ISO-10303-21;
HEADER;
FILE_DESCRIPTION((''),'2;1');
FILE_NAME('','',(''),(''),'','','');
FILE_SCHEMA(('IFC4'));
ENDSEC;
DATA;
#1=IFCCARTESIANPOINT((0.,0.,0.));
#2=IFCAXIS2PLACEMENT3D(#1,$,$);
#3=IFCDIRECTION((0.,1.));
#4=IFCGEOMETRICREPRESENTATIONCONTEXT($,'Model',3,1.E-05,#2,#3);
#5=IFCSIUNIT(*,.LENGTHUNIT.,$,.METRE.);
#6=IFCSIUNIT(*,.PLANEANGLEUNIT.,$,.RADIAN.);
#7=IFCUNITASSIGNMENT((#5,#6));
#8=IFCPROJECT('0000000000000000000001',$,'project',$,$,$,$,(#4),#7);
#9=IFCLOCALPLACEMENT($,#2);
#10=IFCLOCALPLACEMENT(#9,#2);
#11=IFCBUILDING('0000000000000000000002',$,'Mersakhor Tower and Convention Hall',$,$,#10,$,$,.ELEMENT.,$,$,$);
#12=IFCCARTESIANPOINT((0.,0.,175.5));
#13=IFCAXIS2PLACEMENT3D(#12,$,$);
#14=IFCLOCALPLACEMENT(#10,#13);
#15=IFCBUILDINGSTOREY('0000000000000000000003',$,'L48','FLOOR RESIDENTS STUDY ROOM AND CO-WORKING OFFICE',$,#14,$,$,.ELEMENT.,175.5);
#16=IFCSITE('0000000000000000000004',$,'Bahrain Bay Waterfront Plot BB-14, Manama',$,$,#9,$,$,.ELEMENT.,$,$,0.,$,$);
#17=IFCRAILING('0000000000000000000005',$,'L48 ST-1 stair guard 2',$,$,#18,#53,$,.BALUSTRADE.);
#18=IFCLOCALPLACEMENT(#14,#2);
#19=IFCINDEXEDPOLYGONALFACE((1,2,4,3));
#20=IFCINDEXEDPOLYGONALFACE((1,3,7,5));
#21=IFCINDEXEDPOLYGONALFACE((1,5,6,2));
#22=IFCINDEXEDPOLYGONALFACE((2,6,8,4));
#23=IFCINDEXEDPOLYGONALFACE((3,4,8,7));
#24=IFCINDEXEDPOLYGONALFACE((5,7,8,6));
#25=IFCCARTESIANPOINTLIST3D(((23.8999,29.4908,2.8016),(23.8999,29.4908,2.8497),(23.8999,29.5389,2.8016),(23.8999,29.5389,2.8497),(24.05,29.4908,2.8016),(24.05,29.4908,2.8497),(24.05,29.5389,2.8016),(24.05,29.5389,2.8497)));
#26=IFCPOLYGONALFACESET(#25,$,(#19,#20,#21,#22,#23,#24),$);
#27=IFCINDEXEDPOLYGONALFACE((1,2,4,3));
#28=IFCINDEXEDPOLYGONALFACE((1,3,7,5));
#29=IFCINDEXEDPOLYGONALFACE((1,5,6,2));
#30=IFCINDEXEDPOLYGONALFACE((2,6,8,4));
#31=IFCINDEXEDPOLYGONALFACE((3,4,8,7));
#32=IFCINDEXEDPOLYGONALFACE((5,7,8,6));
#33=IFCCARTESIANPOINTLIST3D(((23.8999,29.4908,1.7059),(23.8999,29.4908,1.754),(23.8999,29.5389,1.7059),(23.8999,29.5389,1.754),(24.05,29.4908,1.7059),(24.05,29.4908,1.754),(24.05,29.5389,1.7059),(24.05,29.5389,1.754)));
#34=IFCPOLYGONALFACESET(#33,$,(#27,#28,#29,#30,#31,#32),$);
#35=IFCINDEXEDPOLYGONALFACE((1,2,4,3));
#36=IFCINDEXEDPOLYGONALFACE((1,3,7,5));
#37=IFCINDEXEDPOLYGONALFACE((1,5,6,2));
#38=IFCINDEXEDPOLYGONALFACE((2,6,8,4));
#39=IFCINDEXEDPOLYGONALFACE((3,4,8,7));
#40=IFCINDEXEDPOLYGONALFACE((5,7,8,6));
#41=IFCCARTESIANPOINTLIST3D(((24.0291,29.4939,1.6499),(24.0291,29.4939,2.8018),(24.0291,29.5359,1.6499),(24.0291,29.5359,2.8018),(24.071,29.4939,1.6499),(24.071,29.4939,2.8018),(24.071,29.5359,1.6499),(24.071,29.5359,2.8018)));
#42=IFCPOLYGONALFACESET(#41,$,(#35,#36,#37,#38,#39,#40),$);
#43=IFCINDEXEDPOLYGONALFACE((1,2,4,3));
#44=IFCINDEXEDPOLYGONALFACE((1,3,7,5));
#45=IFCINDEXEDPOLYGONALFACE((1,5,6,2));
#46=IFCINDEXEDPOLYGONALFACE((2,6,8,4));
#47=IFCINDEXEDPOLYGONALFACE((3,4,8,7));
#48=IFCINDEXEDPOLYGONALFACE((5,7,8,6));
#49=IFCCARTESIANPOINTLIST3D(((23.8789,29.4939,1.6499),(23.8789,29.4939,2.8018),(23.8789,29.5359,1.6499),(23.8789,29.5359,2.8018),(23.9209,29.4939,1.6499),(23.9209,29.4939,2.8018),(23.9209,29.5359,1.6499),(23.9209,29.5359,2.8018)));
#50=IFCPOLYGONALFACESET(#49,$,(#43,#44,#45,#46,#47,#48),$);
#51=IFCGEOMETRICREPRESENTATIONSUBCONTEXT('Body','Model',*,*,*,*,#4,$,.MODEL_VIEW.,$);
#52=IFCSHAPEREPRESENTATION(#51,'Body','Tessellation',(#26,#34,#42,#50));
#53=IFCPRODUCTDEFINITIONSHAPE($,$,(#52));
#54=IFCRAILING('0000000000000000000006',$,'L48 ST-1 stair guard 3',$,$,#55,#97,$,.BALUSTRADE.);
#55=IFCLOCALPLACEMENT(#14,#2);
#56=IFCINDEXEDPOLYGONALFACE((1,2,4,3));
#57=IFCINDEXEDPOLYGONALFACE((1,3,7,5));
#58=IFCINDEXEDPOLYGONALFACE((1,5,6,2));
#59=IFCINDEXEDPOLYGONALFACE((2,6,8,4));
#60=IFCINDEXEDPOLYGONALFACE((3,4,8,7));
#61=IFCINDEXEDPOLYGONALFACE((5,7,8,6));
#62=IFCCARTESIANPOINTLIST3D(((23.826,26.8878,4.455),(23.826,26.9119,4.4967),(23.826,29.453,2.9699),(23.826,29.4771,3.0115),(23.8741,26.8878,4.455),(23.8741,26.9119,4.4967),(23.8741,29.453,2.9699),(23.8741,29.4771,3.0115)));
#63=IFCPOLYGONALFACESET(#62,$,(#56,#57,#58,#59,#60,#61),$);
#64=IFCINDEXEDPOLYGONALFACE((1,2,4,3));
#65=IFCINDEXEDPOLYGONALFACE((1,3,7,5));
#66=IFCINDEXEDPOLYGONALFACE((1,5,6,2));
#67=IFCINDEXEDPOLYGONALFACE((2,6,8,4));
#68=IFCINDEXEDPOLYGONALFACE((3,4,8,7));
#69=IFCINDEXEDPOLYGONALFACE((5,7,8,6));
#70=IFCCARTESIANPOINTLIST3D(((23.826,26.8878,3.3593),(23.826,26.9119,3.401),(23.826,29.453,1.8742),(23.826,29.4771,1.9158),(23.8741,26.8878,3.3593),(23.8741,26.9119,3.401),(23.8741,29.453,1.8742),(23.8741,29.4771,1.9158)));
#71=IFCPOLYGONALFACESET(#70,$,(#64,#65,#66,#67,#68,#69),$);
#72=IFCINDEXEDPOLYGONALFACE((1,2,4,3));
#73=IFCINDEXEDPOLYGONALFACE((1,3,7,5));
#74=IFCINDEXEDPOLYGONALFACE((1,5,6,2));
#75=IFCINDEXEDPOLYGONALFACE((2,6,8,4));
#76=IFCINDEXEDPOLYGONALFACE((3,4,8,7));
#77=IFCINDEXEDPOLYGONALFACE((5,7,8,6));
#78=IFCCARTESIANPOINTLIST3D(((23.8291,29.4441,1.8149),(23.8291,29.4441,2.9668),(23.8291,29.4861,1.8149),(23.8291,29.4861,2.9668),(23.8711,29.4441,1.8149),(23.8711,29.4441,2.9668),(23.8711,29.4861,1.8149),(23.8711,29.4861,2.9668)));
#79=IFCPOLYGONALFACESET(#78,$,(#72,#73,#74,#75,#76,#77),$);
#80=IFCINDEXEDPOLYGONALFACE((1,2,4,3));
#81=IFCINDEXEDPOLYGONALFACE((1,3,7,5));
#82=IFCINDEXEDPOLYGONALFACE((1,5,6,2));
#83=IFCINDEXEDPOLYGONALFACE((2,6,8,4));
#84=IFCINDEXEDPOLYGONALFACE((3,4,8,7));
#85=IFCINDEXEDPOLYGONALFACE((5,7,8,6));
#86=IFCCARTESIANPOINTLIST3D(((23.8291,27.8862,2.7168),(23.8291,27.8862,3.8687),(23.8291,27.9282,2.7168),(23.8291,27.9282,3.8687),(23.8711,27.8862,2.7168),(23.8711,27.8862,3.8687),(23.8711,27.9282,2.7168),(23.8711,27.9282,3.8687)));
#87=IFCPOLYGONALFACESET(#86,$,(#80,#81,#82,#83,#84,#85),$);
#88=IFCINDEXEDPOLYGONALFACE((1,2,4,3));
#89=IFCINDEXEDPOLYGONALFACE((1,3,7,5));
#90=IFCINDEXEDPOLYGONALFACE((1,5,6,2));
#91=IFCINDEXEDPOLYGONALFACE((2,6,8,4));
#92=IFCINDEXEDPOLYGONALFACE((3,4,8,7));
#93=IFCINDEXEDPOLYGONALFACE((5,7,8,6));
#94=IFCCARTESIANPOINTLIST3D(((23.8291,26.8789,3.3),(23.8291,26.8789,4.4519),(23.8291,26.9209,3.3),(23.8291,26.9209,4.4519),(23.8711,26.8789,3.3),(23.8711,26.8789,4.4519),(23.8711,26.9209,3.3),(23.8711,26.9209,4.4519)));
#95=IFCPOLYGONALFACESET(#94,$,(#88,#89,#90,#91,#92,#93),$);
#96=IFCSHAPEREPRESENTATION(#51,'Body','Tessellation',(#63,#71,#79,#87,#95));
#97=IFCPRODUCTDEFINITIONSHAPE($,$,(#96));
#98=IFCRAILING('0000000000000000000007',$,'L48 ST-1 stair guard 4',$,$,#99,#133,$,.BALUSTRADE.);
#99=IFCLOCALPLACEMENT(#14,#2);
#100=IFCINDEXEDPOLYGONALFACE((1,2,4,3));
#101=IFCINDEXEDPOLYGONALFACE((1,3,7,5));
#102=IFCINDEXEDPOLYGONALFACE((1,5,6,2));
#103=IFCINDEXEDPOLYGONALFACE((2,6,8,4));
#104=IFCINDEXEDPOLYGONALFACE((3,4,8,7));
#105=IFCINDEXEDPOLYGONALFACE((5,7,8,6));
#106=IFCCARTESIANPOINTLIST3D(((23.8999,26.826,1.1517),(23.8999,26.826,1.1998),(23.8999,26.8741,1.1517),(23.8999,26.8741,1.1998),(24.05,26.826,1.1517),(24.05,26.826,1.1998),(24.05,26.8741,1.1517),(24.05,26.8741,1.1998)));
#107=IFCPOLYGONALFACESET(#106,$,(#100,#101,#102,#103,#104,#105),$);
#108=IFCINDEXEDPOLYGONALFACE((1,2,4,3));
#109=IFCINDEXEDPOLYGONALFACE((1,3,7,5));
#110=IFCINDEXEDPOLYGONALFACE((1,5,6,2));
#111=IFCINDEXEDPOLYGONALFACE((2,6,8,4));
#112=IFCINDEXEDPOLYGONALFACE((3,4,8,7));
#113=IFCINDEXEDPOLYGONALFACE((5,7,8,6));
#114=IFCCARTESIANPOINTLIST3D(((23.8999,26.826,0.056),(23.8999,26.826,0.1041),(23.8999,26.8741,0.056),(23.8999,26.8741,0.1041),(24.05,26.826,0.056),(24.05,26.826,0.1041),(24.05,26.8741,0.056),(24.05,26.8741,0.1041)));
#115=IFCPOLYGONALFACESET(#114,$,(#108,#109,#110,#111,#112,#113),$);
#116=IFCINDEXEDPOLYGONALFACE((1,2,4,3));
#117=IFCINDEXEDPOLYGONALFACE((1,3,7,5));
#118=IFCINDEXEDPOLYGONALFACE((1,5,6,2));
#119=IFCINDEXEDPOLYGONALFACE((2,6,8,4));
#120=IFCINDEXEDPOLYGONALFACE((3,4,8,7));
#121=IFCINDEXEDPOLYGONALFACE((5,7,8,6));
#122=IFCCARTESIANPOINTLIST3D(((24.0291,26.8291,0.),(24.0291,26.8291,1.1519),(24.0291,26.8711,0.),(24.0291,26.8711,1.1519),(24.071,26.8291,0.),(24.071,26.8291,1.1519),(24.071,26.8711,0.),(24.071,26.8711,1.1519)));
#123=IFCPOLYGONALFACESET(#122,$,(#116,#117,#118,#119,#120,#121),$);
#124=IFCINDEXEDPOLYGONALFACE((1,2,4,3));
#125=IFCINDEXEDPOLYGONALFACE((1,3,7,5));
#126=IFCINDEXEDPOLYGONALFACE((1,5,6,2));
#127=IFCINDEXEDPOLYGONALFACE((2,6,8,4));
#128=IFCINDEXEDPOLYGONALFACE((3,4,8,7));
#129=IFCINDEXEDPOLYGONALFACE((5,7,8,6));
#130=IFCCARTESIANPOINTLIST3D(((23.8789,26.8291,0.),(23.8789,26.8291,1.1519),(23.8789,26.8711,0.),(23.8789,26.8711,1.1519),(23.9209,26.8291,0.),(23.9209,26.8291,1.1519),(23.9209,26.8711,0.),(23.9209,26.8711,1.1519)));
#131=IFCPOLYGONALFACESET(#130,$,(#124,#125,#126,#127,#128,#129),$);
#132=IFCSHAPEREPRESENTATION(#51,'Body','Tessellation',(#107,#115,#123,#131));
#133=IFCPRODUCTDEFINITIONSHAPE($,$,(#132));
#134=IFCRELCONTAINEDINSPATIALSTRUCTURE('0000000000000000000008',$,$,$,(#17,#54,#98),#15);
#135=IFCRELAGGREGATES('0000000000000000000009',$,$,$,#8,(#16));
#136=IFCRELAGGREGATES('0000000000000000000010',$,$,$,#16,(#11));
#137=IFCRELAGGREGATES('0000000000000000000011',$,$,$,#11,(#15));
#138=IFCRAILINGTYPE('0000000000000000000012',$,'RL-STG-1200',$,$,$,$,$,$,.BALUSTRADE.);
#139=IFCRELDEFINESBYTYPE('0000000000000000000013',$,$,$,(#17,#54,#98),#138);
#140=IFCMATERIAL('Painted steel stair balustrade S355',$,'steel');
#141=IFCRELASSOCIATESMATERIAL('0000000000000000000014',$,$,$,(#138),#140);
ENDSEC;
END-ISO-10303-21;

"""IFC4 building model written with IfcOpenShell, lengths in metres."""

from ifc_helpers import new_model, si_unit, direction, frame, origin, origin_2d, place, context, subcontext, project, spatial, rectangle, extrude, material, type_object, element, save


model = new_model("IFC4")

# Units and contexts
model_context = context("Model", 3, precision=1e-05, world=origin(), true_north=direction((0.0, 1.0)))
body_context = subcontext(model_context, "Body", "Model", "MODEL_VIEW")
ifc_project = project(units=[si_unit("LENGTHUNIT", "METRE"), si_unit("PLANEANGLEUNIT", "RADIAN")], contexts=[model_context])

# Site, building, storey
site_placement = place(None, origin())
site = spatial("IfcSite", under=ifc_project, at=site_placement, Name="Bahrain Bay Waterfront Plot BB-14, Manama", CompositionType="ELEMENT", RefElevation=0.0)
building_placement = place(site_placement, origin())
building = spatial("IfcBuilding", under=site, at=building_placement, Name="Mersakhor Tower and Convention Hall", CompositionType="ELEMENT")
storey_placement = place(building_placement, frame((0.0, 0.0, 175.5)))
storey = spatial("IfcBuildingStorey", under=building, at=storey_placement, Name="L48", Description="FLOOR RESIDENTS STUDY ROOM AND CO-WORKING OFFICE", CompositionType="ELEMENT", Elevation=175.5)

# Railings
ifc_material_1 = material(Name="Painted steel stair balustrade S355", Category="steel")
railing_type_1 = type_object("IfcRailingType", Name="RL-STG-1200", PredefinedType="BALUSTRADE", material=ifc_material_1)
railing_1_placement = place(storey_placement, frame((24.05, 29.5149, 1.6499)))
element("IfcRailing", 1, at=railing_1_placement, inside=storey, type_object=railing_type_1, Name="L48 ST-1 stair guard 2", PredefinedType="BALUSTRADE", context=body_context, shape_type="SweptSolid", body=[
    extrude(rectangle(XDim=0.0481, YDim=0.0481, at=origin_2d()), frame((0.0, 0.0, 1.1758), z_axis=(-1.0, 0.0, 0.0), x_axis=(0.0, -1.0, 0.0)), (0.0, 0.0, 1.0), 0.1501),
    extrude(rectangle(XDim=0.0481, YDim=0.0481, at=origin_2d()), frame((0.0, 0.0, 0.0801), z_axis=(-1.0, 0.0, 0.0), x_axis=(0.0, -1.0, 0.0)), (0.0, 0.0, 1.0), 0.1501),
    extrude(rectangle(XDim=0.042, YDim=0.042, at=origin_2d()), origin(), (0.0, 0.0, 1.0), 1.1519),
    extrude(rectangle(XDim=0.042, YDim=0.042, at=origin_2d()), frame((-0.1501, 0.0, 0.0)), (0.0, 0.0, 1.0), 1.1519),
])
railing_2_placement = place(storey_placement, frame((23.8501, 29.4651, 1.8149)))
element("IfcRailing", 2, at=railing_2_placement, inside=storey, type_object=railing_type_1, Name="L48 ST-1 stair guard 3", PredefinedType="BALUSTRADE", context=body_context, shape_type="SweptSolid", body=[
    extrude(rectangle(XDim=0.0481, YDim=0.0481, at=origin_2d()), frame((0.0, 0.0, 1.1758), z_axis=(0.0, -0.865426, 0.501036), x_axis=(1.0, 0.0, 0.0)), (0.0, 0.0, 1.0), 2.9641),
    extrude(rectangle(XDim=0.0481, YDim=0.0481, at=origin_2d()), frame((0.0, 0.0, 0.0801), z_axis=(0.0, -0.865426, 0.501036), x_axis=(1.0, 0.0, 0.0)), (0.0, 0.0, 1.0), 2.9641),
    extrude(rectangle(XDim=0.042, YDim=0.042, at=origin_2d()), origin(), (0.0, 0.0, 1.0), 1.1519),
    extrude(rectangle(XDim=0.042, YDim=0.042, at=origin_2d()), frame((0.0, -1.5579, 0.9019)), (0.0, 0.0, 1.0), 1.1519),
    extrude(rectangle(XDim=0.042, YDim=0.042, at=origin_2d()), frame((0.0, -2.5652, 1.4851)), (0.0, 0.0, 1.0), 1.1519),
])
railing_3_placement = place(storey_placement, frame((24.05, 26.8501, 0.0)))
element("IfcRailing", 3, at=railing_3_placement, inside=storey, type_object=railing_type_1, Name="L48 ST-1 stair guard 4", PredefinedType="BALUSTRADE", context=body_context, shape_type="SweptSolid", body=[
    extrude(rectangle(XDim=0.0481, YDim=0.0481, at=origin_2d()), frame((0.0, 0.0, 1.1758), z_axis=(-1.0, 0.0, 0.0), x_axis=(0.0, -1.0, 0.0)), (0.0, 0.0, 1.0), 0.1501),
    extrude(rectangle(XDim=0.0481, YDim=0.0481, at=origin_2d()), frame((0.0, 0.0, 0.0801), z_axis=(-1.0, 0.0, 0.0), x_axis=(0.0, -1.0, 0.0)), (0.0, 0.0, 1.0), 0.1501),
    extrude(rectangle(XDim=0.042, YDim=0.042, at=origin_2d()), origin(), (0.0, 0.0, 1.0), 1.1519),
    extrude(rectangle(XDim=0.042, YDim=0.042, at=origin_2d()), frame((-0.1501, 0.0, 0.0)), (0.0, 0.0, 1.0), 1.1519),
])

save(model, "model.ifc")
